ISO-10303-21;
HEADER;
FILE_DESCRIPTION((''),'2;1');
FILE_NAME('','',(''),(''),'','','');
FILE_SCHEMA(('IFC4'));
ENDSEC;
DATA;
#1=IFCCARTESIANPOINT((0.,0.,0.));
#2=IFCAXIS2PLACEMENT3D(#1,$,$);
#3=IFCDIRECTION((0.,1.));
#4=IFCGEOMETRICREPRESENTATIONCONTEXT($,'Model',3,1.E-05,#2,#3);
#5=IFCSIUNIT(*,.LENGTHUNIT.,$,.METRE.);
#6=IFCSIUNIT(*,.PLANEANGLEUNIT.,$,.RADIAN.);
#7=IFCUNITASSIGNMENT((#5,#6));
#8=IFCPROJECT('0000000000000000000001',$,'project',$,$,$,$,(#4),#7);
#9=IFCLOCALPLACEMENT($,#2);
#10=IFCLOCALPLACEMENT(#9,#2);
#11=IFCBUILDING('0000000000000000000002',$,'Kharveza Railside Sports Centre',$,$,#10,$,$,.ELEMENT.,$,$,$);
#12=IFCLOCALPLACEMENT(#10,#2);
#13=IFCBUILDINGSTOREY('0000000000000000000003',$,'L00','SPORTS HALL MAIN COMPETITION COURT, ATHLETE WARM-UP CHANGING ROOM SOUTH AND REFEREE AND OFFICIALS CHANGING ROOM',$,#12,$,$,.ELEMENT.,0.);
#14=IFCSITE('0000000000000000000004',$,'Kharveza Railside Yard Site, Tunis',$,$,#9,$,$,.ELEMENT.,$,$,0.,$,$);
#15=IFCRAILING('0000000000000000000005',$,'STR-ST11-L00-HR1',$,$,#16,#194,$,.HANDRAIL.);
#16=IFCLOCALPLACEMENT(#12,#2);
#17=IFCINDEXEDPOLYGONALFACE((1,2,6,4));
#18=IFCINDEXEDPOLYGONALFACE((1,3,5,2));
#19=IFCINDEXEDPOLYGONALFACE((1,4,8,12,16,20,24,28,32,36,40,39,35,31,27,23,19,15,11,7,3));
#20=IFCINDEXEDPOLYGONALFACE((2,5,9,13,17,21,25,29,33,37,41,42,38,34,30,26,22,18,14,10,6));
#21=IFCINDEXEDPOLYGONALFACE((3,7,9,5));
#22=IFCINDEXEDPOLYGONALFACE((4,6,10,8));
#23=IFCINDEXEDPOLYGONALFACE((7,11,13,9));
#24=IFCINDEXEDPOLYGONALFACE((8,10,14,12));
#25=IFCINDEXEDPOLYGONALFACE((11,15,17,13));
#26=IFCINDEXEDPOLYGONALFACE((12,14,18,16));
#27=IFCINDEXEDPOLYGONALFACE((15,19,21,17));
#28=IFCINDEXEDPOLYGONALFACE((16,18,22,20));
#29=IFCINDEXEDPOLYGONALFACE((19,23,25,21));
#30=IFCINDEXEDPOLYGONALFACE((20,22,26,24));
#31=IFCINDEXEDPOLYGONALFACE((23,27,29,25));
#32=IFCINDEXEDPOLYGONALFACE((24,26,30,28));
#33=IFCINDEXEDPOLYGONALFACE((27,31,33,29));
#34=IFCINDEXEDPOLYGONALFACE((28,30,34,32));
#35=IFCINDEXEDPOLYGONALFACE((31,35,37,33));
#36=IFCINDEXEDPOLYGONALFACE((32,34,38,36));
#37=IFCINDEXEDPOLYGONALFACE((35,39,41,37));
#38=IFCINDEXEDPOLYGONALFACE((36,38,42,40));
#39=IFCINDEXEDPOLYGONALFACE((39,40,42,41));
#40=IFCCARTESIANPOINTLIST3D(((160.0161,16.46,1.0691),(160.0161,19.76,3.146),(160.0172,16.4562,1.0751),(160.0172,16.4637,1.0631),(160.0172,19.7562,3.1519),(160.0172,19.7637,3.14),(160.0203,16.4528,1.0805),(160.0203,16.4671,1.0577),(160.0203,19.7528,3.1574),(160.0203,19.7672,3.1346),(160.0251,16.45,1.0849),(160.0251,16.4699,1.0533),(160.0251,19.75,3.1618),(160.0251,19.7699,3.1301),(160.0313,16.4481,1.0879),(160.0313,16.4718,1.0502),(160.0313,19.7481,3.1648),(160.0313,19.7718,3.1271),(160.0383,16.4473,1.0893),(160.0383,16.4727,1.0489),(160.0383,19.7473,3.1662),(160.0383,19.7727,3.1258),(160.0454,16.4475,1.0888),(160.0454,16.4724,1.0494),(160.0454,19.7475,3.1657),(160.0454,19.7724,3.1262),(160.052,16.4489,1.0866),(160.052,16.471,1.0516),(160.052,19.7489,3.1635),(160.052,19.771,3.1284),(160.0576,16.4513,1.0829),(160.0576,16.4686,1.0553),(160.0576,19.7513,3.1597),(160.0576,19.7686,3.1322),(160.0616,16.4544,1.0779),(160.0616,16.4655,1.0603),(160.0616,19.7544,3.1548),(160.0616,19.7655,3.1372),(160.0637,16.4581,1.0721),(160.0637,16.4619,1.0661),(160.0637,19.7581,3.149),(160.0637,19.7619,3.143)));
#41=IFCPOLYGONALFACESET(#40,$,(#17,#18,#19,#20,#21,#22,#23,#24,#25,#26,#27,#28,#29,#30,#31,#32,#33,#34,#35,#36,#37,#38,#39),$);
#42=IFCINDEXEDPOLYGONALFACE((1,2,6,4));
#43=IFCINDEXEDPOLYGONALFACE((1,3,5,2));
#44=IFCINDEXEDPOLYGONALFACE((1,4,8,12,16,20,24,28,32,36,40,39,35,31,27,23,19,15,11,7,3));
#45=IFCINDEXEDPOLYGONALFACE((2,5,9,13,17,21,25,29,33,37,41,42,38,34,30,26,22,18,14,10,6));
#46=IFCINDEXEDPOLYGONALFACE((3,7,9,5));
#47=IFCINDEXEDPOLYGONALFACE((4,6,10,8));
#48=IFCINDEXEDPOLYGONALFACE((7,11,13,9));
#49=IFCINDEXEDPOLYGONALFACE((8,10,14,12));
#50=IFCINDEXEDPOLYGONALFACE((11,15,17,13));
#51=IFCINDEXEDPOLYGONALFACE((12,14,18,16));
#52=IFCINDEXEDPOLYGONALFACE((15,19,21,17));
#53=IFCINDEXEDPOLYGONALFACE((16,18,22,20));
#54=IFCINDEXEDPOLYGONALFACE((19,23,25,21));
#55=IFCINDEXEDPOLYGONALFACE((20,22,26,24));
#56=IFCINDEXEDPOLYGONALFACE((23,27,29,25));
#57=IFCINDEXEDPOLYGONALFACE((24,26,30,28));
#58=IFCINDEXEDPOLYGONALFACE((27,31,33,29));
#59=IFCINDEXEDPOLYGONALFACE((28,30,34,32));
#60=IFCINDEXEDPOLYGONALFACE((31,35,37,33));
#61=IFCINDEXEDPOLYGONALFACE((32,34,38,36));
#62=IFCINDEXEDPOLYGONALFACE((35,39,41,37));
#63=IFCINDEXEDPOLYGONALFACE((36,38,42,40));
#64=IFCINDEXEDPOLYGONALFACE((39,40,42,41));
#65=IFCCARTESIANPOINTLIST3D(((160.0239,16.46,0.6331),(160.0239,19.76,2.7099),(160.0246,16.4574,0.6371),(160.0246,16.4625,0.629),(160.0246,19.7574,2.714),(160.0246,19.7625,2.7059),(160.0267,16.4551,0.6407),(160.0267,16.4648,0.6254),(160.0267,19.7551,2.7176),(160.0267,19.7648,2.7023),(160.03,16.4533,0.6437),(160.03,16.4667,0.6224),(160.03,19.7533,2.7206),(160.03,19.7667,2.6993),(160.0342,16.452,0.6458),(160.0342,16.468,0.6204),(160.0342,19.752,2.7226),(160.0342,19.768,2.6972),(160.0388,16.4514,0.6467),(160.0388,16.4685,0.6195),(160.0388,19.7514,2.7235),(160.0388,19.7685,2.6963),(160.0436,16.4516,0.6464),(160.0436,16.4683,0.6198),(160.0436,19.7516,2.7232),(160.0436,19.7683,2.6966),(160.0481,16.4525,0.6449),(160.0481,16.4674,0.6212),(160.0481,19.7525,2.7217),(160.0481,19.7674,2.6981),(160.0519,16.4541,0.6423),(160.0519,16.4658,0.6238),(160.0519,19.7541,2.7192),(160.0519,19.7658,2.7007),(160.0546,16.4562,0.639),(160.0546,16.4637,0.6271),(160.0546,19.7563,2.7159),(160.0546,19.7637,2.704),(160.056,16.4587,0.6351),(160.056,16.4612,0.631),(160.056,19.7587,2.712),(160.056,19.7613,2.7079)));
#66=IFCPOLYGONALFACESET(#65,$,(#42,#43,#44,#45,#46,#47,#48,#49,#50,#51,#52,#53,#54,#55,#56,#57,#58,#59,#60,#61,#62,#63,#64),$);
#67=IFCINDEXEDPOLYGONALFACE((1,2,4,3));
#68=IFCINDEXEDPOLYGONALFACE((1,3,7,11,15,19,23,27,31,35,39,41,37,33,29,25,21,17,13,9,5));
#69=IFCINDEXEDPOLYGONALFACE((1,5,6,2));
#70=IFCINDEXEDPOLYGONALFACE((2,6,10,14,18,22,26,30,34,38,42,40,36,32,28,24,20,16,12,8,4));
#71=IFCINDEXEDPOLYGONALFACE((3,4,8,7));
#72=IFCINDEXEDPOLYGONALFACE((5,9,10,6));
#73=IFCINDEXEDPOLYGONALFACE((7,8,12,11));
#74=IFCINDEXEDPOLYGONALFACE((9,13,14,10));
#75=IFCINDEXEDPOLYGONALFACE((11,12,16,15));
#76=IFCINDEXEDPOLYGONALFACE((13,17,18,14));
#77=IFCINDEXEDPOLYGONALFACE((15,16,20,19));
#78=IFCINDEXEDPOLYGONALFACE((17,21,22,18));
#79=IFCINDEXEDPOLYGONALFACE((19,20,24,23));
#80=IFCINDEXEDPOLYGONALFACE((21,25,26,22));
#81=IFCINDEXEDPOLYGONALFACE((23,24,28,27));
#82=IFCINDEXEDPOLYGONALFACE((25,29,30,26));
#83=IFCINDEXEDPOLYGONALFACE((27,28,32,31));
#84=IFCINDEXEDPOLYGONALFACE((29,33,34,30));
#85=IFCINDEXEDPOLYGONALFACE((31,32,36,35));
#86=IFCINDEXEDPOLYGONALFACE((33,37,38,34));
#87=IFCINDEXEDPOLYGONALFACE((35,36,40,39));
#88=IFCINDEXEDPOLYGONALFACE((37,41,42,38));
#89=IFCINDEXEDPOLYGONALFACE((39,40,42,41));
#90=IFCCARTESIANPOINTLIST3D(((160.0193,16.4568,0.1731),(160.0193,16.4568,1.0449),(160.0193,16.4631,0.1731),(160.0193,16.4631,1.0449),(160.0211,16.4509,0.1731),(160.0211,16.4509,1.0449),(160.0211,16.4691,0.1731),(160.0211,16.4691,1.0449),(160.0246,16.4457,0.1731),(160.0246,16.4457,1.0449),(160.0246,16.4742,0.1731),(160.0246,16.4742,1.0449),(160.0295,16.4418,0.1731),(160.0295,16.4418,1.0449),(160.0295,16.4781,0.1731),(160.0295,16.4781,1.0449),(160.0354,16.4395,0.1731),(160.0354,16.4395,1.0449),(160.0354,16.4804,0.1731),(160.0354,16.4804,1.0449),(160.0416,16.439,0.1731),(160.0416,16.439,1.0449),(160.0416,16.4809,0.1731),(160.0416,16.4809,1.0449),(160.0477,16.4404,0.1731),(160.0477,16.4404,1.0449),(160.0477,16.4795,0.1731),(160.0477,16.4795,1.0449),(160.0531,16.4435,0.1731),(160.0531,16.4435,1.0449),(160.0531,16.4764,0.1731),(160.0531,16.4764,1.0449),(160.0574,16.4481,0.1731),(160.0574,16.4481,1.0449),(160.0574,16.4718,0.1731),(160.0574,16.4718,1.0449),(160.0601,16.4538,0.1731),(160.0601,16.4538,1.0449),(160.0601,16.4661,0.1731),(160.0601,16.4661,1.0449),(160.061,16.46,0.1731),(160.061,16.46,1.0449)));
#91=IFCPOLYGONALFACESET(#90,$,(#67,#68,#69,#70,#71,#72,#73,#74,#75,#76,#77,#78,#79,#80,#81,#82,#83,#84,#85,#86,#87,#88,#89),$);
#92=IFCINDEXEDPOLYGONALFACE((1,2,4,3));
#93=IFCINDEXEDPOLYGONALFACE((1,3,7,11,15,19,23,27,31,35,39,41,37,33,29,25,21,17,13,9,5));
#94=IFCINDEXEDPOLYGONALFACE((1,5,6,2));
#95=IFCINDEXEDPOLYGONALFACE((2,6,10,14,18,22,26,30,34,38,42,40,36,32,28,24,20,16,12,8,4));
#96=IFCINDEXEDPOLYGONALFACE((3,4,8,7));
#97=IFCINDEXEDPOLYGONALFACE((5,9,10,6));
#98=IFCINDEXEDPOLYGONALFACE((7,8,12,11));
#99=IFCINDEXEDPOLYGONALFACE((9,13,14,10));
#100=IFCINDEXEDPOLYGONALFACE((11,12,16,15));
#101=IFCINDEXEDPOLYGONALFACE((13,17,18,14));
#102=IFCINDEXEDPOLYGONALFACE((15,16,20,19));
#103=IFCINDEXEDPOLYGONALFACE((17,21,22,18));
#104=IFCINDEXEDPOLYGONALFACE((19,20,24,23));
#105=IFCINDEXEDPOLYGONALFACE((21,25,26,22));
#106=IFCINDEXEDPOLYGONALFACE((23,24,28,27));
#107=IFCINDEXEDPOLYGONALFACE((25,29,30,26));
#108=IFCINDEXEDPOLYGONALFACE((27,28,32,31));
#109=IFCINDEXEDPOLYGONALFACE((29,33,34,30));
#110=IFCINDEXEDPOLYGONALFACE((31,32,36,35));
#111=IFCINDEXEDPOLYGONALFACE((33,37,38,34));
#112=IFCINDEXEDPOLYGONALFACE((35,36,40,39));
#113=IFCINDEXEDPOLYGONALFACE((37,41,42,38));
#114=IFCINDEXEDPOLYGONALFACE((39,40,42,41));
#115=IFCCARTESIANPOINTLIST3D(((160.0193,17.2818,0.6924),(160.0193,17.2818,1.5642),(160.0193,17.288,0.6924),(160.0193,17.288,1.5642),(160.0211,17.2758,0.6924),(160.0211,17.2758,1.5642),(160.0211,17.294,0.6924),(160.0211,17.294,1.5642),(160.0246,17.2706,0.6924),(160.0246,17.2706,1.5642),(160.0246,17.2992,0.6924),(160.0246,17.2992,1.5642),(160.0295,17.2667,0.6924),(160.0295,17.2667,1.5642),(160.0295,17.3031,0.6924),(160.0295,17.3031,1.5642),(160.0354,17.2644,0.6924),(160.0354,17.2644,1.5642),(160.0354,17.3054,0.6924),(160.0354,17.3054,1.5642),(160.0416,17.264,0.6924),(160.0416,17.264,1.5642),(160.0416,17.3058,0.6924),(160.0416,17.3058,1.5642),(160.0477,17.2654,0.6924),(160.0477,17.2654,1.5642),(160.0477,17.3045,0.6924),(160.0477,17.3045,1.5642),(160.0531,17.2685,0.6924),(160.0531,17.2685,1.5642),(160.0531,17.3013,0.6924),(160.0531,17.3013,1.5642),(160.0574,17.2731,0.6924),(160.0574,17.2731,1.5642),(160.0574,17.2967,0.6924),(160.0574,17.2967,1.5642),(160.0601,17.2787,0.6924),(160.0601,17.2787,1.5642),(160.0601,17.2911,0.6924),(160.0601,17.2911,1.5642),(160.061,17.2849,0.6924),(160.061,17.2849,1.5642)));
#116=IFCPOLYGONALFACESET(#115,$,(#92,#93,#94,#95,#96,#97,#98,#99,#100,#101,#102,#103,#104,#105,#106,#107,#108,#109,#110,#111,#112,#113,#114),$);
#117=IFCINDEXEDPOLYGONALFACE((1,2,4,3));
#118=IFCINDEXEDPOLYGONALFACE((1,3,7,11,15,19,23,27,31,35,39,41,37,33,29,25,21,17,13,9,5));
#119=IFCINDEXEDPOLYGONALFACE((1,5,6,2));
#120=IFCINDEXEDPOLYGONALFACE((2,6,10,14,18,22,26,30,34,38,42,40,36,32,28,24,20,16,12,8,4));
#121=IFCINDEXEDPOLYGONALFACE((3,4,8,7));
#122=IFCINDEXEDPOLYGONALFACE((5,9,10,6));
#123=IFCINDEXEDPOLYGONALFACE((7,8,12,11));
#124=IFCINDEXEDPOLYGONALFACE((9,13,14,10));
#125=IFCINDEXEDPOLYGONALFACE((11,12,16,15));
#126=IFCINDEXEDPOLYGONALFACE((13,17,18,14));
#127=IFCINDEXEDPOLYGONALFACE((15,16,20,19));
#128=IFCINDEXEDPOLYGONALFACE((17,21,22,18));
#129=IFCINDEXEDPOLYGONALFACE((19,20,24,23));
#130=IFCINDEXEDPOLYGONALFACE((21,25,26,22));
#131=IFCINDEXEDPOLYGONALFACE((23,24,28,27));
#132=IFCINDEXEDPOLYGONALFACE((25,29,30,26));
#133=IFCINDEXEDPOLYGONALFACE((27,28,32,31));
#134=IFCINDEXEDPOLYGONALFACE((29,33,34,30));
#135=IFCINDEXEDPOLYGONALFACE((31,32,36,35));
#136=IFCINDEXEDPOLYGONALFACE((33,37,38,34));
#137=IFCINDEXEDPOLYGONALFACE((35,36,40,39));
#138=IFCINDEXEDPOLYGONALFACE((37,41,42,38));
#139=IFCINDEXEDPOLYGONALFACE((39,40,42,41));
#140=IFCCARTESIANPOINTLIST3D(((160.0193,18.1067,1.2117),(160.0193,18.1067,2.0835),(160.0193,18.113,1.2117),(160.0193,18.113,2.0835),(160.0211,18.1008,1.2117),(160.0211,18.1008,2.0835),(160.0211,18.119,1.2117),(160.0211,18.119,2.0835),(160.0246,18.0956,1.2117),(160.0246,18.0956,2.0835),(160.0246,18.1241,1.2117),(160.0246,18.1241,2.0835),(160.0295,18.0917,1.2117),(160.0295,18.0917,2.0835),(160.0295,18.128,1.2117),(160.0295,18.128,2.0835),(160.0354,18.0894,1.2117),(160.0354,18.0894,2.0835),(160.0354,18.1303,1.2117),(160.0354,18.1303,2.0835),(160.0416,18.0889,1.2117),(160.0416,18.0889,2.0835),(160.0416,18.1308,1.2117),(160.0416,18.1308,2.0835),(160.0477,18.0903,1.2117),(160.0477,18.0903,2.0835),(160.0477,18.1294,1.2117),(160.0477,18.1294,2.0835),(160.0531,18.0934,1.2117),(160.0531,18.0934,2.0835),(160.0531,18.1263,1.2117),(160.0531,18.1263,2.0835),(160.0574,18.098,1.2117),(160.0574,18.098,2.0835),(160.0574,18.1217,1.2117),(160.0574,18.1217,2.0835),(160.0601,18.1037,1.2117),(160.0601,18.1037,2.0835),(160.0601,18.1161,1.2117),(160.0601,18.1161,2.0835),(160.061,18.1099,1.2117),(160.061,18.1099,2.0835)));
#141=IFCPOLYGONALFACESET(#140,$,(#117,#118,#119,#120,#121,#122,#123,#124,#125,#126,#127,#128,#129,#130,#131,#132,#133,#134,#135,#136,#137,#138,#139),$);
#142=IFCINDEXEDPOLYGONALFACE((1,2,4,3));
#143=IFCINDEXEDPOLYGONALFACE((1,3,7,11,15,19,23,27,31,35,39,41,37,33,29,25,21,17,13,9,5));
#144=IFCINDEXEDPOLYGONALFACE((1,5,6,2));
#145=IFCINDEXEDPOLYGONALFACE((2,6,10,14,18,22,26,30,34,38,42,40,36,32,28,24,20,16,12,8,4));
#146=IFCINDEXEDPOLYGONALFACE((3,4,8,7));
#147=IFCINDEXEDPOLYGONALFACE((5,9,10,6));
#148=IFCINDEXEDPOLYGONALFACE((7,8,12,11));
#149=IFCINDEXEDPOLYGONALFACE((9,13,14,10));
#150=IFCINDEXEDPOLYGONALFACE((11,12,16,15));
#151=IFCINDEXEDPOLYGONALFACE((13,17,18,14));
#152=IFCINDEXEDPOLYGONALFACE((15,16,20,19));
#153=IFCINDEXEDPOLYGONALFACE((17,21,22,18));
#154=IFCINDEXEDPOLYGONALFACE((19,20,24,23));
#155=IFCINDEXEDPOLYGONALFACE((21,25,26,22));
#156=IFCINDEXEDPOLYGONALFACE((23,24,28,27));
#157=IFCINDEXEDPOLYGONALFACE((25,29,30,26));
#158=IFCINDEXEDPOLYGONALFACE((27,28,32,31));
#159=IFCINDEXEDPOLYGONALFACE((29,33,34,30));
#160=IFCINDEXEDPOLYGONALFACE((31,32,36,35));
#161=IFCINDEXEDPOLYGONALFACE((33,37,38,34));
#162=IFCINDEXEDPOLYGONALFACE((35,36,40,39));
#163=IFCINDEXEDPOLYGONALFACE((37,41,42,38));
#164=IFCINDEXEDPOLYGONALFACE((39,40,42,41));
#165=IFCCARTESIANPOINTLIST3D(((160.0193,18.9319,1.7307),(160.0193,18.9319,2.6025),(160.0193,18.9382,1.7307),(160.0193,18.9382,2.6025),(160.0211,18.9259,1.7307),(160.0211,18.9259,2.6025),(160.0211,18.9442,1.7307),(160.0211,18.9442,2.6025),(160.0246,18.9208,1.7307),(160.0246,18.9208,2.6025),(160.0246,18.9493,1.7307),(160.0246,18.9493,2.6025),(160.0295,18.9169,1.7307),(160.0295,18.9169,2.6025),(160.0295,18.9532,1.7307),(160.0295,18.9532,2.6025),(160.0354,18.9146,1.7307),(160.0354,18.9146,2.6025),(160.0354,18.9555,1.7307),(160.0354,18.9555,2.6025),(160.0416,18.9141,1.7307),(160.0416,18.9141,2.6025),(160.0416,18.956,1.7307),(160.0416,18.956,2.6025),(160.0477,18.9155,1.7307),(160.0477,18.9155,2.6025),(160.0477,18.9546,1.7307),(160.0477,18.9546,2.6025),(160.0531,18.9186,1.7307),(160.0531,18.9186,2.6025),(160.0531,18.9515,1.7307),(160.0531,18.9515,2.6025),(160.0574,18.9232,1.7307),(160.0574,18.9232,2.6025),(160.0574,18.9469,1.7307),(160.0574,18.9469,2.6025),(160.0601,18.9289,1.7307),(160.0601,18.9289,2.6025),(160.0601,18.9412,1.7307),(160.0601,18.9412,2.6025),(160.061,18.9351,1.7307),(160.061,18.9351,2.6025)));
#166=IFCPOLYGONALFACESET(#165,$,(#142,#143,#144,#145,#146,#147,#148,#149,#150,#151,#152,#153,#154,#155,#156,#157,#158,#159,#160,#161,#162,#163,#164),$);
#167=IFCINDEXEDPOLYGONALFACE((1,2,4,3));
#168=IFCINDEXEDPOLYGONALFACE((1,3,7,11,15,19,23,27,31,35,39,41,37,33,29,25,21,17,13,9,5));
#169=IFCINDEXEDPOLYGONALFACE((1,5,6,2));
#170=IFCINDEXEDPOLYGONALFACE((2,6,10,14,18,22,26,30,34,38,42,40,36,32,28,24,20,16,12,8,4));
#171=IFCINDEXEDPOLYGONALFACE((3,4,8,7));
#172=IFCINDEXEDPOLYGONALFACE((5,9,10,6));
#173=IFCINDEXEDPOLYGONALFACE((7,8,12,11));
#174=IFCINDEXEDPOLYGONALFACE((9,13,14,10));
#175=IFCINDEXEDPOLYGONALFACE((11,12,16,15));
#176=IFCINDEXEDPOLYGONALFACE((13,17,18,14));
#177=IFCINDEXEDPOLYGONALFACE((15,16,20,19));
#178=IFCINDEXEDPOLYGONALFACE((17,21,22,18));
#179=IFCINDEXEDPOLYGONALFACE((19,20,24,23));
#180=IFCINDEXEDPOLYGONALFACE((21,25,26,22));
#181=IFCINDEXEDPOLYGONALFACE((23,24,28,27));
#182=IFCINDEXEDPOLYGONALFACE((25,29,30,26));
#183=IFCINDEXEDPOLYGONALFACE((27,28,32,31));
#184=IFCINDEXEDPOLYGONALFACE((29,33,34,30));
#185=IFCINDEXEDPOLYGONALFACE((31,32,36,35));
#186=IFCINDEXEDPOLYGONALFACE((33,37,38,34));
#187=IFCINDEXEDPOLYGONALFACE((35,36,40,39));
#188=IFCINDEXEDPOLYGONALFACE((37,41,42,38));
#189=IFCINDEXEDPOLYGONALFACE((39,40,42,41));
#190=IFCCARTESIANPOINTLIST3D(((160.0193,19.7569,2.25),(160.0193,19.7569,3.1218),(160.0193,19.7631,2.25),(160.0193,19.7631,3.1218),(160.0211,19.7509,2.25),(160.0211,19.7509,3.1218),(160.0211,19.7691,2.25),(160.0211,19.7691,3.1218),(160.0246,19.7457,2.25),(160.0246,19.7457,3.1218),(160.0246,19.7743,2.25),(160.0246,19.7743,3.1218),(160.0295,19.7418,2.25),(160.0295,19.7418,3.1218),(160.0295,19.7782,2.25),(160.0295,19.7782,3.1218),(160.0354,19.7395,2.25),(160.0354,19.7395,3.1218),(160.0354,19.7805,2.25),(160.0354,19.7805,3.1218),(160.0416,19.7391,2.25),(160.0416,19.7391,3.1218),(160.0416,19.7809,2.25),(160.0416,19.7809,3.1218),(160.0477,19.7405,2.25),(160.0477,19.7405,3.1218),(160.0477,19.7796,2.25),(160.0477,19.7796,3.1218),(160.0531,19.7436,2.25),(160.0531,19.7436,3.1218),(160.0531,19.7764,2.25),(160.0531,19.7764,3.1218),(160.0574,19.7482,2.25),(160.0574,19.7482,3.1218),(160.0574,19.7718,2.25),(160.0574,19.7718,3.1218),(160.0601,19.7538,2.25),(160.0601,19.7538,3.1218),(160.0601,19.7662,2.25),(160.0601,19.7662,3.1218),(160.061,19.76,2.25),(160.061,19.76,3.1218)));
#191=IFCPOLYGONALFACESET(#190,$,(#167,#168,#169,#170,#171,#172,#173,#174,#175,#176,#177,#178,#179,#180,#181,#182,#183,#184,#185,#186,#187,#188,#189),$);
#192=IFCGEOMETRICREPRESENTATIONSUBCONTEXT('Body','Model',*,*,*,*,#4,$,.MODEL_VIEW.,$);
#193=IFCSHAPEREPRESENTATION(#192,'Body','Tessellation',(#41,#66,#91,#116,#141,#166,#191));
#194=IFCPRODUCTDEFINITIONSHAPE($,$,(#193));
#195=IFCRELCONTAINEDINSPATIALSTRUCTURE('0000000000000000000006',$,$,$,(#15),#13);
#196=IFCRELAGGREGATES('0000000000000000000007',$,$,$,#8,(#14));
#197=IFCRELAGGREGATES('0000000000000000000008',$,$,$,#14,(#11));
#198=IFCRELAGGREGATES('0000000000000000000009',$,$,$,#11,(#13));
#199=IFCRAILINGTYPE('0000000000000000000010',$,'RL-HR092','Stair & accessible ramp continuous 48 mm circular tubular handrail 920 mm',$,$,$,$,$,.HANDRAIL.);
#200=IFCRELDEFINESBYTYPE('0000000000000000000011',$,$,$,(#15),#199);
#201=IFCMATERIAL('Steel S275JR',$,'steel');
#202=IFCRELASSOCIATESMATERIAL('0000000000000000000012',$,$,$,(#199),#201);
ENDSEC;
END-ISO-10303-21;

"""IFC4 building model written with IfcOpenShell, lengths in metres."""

from ifc_helpers import new_model, si_unit, direction, frame, origin, origin_2d, place, context, subcontext, project, spatial, circle, extrude, material, type_object, element, save


model = new_model("IFC4")

# Units and contexts
model_context = context("Model", 3, precision=1e-05, world=origin(), true_north=direction((0.0, 1.0)))
body_context = subcontext(model_context, "Body", "Model", "MODEL_VIEW")
ifc_project = project(units=[si_unit("LENGTHUNIT", "METRE"), si_unit("PLANEANGLEUNIT", "RADIAN")], contexts=[model_context])

# Site, building, storey
site_placement = place(None, origin())
site = spatial("IfcSite", under=ifc_project, at=site_placement, Name="Kharveza Railside Yard Site, Tunis", CompositionType="ELEMENT", RefElevation=0.0)
building_placement = place(site_placement, origin())
building = spatial("IfcBuilding", under=site, at=building_placement, Name="Kharveza Railside Sports Centre", CompositionType="ELEMENT")
storey_placement = place(building_placement, origin())
storey = spatial("IfcBuildingStorey", under=building, at=storey_placement, Name="L00", Description="SPORTS HALL MAIN COMPETITION COURT, ATHLETE WARM-UP CHANGING ROOM SOUTH AND REFEREE AND OFFICIALS CHANGING ROOM", CompositionType="ELEMENT", Elevation=0.0)

# Railing
ifc_material_1 = material(Name="Steel S275JR", Category="steel")
railing_type_1 = type_object("IfcRailingType", Name="RL-HR092", Description="Stair & accessible ramp continuous 48 mm circular tubular handrail 920 mm", PredefinedType="HANDRAIL", material=ifc_material_1)
railing_1_placement = place(storey_placement, frame((160.04, 16.46, 0.1731)))
element("IfcRailing", 1, at=railing_1_placement, inside=storey, type_object=railing_type_1, Name="STR-ST11-L00-HR1", PredefinedType="HANDRAIL", context=body_context, shape_type="SweptSolid", body=[
    extrude(circle(Radius=0.0239, at=origin_2d()), frame((0.0, 0.0, 0.896), z_axis=(0.0, 0.846337, 0.532647), x_axis=(-1.0, 0.0, 0.0)), (0.0, 0.0, 1.0), 3.8992),
    extrude(circle(Radius=0.0161, at=origin_2d()), frame((0.0, 0.0, 0.46), z_axis=(0.0, 0.846337, 0.532647), x_axis=(-1.0, 0.0, 0.0)), (0.0, 0.0, 1.0), 3.8992),
    extrude(circle(Radius=0.021, at=origin_2d()), origin(), (0.0, 0.0, 1.0), 0.8718),
    extrude(circle(Radius=0.021, at=origin_2d()), frame((0.0, 0.825, 0.5193)), (0.0, 0.0, 1.0), 0.8718),
    extrude(circle(Radius=0.021, at=origin_2d()), frame((0.0, 1.6499, 1.0386)), (0.0, 0.0, 1.0), 0.8718),
    extrude(circle(Radius=0.021, at=origin_2d()), frame((0.0, 2.4751, 1.5576)), (0.0, 0.0, 1.0), 0.8718),
    extrude(circle(Radius=0.021, at=origin_2d()), frame((0.0, 3.3, 2.0769)), (0.0, 0.0, 1.0), 0.8718),
])

save(model, "model.ifc")
